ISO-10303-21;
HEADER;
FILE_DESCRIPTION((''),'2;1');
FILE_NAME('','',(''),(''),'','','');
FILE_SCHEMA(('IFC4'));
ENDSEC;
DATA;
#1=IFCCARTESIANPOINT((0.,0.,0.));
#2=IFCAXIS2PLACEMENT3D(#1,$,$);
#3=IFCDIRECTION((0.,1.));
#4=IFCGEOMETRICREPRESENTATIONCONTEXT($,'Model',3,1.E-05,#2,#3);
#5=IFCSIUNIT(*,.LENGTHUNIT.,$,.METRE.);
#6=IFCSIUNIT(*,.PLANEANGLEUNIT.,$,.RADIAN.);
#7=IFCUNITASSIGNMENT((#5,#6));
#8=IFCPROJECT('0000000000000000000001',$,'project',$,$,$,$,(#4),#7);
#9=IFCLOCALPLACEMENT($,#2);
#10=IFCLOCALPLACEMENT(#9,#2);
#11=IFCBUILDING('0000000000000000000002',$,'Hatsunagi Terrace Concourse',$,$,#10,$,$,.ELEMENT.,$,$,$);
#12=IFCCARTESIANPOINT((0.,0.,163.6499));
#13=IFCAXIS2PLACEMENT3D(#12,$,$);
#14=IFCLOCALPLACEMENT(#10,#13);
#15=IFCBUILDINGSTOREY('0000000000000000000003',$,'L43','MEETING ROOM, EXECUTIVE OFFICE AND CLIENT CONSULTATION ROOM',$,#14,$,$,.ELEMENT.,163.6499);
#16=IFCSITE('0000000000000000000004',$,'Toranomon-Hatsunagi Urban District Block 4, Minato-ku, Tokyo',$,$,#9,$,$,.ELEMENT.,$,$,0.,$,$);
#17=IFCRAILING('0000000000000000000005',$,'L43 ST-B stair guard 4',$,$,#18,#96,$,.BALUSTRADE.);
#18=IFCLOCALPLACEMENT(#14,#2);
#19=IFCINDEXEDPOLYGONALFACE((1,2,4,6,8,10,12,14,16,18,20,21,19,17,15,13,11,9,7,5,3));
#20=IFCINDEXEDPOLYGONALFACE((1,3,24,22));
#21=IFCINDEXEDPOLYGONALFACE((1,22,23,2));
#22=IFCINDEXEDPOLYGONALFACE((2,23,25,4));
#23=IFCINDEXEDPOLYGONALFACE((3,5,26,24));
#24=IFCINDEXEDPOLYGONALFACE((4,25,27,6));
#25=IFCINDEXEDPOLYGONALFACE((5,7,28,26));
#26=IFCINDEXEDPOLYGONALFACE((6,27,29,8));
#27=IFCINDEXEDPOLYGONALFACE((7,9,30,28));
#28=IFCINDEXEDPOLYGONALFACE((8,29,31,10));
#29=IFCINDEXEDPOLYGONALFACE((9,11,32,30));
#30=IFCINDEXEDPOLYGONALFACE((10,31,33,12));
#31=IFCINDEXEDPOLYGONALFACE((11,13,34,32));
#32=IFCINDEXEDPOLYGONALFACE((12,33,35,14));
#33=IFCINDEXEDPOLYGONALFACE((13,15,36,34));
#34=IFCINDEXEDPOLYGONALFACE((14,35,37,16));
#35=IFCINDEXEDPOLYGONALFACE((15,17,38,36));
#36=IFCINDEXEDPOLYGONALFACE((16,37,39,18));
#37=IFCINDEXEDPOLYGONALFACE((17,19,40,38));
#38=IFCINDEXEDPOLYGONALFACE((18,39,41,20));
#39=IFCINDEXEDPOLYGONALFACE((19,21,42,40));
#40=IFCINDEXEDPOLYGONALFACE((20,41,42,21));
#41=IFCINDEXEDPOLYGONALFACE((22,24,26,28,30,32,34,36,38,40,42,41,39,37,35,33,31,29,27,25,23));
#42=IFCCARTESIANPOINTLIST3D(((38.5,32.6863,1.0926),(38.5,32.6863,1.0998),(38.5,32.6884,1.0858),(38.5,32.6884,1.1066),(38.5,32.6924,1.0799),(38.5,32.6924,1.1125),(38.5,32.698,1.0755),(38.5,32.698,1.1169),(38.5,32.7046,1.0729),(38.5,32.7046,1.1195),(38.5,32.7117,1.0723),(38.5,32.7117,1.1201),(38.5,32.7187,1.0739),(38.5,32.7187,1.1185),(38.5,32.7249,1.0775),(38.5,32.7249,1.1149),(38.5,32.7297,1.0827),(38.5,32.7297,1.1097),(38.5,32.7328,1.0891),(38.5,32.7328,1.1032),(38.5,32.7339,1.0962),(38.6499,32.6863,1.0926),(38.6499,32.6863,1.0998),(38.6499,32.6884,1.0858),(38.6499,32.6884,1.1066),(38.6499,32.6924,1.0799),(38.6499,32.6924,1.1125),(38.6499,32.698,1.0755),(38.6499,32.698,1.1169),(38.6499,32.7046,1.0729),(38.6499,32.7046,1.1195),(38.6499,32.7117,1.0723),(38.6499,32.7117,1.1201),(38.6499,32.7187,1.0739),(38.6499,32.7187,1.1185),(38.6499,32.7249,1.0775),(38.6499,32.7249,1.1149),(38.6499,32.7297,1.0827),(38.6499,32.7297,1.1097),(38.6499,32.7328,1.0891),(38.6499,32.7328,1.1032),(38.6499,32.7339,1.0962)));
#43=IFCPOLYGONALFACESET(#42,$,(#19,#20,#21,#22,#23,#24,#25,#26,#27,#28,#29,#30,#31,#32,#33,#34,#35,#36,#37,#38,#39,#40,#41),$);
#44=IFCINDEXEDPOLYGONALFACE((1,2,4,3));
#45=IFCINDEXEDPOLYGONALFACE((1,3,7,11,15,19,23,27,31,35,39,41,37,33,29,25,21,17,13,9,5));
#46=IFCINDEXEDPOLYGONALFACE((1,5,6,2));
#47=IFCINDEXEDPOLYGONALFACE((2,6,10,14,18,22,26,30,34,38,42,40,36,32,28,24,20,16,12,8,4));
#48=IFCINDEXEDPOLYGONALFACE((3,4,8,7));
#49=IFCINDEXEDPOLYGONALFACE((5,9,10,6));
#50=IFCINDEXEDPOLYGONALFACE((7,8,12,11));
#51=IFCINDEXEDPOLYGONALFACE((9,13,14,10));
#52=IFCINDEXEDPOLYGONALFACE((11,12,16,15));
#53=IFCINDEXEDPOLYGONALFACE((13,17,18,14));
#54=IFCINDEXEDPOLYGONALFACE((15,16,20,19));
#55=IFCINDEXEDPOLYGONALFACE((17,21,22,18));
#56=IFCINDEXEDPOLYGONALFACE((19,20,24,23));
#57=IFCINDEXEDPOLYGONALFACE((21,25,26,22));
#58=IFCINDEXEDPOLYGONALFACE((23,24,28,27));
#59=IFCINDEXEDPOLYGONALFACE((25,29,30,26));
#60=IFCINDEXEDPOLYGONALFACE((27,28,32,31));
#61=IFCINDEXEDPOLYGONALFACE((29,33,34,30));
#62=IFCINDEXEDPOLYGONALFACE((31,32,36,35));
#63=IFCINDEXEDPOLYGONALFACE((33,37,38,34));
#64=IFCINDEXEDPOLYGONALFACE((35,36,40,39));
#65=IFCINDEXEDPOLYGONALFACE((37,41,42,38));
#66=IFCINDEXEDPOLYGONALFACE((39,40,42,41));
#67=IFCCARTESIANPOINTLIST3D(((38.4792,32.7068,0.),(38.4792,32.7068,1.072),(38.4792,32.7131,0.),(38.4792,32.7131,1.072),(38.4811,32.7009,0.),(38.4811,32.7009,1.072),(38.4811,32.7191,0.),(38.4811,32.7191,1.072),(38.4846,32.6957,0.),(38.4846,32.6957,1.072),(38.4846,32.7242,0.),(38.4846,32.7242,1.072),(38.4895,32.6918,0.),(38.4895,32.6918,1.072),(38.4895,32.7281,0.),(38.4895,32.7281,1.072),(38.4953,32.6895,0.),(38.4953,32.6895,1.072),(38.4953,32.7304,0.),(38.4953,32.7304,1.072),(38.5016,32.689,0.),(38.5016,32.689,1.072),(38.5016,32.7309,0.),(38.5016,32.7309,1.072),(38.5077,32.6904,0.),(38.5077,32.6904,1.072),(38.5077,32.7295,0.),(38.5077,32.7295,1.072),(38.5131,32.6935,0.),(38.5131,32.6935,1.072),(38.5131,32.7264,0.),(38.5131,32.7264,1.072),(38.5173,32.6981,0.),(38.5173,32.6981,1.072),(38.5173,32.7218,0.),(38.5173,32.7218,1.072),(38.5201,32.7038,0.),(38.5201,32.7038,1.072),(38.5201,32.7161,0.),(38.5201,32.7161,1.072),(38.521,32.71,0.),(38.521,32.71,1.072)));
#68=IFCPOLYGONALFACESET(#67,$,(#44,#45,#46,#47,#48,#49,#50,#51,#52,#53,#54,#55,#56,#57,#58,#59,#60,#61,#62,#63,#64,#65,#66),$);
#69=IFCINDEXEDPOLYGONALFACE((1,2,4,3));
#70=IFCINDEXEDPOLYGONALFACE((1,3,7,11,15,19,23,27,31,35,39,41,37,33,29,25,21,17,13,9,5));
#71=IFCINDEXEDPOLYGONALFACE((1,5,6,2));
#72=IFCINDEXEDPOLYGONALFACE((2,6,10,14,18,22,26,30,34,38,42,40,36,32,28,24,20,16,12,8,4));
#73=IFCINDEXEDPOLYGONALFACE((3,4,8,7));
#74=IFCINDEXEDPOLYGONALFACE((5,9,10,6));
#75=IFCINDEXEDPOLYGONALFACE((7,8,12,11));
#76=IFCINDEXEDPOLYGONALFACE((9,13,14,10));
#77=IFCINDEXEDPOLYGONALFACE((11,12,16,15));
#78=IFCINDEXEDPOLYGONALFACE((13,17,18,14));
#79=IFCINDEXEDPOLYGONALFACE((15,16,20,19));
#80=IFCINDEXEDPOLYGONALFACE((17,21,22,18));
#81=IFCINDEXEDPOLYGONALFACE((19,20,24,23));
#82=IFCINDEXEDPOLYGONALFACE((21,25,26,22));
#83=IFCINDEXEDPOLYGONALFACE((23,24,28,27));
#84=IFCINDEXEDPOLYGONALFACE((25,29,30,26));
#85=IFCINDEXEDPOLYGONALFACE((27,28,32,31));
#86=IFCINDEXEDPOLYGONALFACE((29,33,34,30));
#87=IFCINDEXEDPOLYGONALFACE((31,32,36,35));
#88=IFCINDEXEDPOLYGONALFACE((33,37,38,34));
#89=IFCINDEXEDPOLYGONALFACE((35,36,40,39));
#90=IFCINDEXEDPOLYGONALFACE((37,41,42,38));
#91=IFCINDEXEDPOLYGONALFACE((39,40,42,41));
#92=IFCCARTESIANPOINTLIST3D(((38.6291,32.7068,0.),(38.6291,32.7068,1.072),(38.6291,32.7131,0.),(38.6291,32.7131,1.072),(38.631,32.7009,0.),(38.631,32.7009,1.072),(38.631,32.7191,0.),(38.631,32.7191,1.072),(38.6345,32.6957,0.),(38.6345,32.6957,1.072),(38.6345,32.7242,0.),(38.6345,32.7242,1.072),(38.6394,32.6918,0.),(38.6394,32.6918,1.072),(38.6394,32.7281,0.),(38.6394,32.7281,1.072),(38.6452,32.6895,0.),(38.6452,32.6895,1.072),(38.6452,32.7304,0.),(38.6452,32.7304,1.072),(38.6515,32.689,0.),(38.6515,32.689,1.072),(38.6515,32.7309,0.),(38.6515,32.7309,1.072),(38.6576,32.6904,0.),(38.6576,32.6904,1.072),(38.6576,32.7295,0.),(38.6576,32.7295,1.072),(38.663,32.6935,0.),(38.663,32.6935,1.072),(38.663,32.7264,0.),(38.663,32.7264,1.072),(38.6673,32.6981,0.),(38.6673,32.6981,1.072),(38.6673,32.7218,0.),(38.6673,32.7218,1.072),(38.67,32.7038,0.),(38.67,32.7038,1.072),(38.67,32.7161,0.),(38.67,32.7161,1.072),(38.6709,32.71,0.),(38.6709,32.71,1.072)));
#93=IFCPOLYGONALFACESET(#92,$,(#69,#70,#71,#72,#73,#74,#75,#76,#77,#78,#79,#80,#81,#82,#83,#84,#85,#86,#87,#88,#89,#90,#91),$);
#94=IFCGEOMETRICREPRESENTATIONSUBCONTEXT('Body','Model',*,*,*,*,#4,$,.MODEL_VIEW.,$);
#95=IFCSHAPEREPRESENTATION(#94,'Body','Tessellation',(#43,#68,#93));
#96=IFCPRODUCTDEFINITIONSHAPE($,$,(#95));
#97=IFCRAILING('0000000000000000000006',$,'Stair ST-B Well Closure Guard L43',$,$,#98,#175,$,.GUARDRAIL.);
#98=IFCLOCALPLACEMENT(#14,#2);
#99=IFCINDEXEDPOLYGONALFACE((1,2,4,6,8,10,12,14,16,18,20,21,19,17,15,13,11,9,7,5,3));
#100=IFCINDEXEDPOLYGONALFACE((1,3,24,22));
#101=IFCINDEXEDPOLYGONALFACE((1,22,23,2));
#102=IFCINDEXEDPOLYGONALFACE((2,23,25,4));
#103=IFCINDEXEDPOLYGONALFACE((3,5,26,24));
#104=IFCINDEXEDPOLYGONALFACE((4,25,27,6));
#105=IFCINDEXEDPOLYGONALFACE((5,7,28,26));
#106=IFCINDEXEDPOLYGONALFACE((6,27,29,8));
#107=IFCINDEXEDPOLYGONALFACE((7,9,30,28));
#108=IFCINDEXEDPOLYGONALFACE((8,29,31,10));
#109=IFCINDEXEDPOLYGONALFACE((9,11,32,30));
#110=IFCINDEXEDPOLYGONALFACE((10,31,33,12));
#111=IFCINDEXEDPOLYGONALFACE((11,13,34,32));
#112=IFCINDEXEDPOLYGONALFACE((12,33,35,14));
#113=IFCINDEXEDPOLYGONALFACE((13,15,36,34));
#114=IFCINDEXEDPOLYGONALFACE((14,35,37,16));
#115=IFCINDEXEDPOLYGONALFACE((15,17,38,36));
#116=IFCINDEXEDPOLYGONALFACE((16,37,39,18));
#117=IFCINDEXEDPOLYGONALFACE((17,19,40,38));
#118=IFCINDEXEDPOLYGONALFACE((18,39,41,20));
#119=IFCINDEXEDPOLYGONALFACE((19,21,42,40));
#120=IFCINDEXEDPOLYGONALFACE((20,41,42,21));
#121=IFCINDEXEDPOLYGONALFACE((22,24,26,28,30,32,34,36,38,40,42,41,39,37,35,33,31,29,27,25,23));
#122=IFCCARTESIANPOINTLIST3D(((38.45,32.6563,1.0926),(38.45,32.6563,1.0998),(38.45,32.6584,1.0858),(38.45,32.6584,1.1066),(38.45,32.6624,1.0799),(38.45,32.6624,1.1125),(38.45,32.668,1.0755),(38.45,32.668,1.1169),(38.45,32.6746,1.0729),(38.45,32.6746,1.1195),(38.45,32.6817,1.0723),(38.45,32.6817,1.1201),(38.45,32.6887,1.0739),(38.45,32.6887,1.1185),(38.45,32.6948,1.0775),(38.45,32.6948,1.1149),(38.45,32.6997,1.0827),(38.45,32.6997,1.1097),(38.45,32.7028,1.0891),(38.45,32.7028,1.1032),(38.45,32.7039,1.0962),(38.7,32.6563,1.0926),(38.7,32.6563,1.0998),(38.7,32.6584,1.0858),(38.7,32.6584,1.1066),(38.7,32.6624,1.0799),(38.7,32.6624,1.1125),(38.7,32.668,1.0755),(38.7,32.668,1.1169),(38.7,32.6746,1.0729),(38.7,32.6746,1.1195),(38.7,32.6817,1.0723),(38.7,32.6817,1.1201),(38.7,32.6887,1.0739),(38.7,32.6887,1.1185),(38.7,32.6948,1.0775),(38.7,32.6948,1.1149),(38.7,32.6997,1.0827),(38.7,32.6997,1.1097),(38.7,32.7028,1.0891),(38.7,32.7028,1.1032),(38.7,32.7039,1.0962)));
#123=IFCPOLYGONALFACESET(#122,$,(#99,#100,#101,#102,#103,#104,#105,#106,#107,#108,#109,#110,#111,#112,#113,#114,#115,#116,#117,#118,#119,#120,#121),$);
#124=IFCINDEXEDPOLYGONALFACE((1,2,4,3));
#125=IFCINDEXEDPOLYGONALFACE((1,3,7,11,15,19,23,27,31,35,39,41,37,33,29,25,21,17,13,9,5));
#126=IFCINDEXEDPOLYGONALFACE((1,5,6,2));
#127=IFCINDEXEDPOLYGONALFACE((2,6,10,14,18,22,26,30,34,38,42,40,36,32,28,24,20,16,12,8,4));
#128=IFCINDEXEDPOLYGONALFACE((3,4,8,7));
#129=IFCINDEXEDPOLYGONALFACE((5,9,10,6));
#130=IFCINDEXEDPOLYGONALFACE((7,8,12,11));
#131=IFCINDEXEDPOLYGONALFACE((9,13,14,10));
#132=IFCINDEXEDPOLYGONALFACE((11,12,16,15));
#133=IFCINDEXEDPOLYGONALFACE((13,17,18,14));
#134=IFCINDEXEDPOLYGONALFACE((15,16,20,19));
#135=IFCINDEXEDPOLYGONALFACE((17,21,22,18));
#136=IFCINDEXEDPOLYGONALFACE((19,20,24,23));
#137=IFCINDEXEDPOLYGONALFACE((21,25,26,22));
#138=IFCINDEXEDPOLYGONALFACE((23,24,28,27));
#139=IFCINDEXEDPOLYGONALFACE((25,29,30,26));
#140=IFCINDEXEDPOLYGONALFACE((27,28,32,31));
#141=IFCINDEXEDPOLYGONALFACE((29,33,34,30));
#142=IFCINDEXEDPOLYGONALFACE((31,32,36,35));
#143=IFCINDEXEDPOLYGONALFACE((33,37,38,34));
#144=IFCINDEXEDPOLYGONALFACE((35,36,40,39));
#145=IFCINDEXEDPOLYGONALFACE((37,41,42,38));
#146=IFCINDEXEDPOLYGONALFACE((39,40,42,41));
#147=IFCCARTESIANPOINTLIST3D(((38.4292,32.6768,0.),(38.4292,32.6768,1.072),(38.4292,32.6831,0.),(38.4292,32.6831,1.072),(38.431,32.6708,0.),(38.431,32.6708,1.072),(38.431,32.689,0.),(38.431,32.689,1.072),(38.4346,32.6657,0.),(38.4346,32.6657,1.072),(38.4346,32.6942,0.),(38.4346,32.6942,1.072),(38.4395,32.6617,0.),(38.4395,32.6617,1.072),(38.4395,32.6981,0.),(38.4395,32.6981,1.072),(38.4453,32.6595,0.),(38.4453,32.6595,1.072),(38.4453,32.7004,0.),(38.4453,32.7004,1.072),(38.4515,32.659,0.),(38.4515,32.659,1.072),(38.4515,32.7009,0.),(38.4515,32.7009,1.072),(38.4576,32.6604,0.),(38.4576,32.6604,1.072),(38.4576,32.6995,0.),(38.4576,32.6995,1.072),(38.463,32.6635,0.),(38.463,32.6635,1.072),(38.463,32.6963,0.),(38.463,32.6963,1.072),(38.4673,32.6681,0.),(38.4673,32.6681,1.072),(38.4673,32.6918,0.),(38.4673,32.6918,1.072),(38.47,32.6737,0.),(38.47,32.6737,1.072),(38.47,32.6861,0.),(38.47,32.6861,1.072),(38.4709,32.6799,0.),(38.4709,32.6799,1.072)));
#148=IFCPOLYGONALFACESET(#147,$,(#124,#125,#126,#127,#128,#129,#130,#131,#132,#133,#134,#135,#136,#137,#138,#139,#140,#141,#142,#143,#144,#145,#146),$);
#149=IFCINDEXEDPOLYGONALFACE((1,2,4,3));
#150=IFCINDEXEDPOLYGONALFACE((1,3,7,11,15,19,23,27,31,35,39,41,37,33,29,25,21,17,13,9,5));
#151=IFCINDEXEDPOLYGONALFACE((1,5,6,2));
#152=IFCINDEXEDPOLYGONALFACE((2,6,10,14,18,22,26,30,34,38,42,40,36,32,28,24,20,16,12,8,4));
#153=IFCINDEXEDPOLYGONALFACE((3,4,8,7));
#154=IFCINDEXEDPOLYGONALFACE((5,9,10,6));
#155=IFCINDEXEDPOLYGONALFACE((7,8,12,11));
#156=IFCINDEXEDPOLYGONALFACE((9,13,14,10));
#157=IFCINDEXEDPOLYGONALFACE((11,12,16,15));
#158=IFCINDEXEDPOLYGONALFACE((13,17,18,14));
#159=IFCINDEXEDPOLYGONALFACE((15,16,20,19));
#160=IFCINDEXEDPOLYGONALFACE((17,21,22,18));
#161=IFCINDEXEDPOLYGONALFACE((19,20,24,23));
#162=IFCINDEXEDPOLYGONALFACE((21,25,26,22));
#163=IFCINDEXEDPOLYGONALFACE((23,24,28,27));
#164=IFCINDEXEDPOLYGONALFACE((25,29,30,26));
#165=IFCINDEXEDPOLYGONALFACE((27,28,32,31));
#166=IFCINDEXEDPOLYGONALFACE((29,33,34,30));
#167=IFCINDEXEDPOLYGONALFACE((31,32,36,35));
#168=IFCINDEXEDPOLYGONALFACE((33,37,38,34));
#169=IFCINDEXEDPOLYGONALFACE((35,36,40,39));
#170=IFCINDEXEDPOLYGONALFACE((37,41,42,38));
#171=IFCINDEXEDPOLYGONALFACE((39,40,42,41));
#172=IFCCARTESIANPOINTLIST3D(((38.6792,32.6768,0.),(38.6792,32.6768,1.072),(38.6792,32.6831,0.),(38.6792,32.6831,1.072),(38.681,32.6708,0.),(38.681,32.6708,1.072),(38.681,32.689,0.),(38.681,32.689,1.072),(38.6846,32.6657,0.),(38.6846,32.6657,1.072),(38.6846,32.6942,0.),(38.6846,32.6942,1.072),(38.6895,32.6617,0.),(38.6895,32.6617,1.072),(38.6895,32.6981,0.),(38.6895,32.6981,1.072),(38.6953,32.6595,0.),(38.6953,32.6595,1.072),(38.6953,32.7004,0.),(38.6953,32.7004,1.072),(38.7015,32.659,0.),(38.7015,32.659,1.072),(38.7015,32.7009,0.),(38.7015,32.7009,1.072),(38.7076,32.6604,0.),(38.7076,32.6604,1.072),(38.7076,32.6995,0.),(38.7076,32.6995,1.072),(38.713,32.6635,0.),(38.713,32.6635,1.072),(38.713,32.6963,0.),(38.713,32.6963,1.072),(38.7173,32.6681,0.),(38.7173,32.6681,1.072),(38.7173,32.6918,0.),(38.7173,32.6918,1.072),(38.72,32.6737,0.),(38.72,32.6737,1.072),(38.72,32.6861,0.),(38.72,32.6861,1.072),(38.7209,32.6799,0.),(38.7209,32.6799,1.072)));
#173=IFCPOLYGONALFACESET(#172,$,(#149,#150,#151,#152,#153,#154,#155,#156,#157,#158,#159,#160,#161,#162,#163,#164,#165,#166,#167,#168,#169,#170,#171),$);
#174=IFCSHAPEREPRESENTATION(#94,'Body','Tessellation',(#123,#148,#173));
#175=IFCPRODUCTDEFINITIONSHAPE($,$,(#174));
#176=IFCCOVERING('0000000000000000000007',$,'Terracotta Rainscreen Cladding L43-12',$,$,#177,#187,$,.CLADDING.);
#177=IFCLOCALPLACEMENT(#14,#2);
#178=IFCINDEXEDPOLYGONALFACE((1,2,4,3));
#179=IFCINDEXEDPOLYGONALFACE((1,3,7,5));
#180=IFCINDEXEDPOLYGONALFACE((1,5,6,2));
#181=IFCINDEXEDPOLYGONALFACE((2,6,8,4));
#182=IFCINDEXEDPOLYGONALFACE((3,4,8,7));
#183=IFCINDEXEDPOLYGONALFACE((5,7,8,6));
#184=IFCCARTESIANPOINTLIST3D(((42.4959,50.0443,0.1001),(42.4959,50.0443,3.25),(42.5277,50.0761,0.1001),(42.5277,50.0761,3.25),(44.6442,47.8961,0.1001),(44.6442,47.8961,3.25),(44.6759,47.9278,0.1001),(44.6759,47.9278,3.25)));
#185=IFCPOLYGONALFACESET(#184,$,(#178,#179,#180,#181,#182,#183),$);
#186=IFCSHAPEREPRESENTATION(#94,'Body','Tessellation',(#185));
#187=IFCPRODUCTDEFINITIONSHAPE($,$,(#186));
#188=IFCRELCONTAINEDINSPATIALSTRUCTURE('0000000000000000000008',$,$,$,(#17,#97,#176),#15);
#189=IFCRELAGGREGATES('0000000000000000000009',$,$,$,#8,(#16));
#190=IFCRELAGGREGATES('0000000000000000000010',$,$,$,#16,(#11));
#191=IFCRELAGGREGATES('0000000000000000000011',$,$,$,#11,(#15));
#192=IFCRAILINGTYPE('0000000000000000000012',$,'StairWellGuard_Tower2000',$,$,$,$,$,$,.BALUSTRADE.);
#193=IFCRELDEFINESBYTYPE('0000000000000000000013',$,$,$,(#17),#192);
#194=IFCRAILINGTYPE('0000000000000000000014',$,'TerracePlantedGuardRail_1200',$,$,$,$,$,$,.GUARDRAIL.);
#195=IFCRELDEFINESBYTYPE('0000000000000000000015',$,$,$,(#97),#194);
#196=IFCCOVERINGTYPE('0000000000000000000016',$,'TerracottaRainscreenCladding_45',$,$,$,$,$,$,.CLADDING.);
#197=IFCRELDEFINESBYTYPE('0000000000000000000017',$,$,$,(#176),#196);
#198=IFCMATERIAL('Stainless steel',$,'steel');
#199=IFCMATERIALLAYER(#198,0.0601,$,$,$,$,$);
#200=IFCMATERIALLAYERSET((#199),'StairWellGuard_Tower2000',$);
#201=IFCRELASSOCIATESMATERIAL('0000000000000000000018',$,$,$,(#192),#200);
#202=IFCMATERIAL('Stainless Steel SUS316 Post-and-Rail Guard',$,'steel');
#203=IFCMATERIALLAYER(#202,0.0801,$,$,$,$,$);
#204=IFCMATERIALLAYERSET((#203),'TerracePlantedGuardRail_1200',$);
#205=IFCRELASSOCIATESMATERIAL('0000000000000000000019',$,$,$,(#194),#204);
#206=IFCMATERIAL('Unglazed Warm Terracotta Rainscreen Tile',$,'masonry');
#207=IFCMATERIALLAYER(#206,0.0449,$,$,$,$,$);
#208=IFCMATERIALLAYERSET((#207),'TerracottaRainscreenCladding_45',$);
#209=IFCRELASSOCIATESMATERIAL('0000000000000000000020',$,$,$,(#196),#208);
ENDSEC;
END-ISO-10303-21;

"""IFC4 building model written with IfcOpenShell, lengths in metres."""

from ifc_helpers import new_model, si_unit, direction, frame, origin, origin_2d, place, context, subcontext, project, spatial, rectangle, circle, extrude, material, layer, layer_set, type_object, element, save


model = new_model("IFC4")

# Units and contexts
model_context = context("Model", 3, precision=1e-05, world=origin(), true_north=direction((0.0, 1.0)))
body_context = subcontext(model_context, "Body", "Model", "MODEL_VIEW")
ifc_project = project(units=[si_unit("LENGTHUNIT", "METRE"), si_unit("PLANEANGLEUNIT", "RADIAN")], contexts=[model_context])

# Site, building, storey
site_placement = place(None, origin())
site = spatial("IfcSite", under=ifc_project, at=site_placement, Name="Toranomon-Hatsunagi Urban District Block 4, Minato-ku, Tokyo", CompositionType="ELEMENT", RefElevation=0.0)
building_placement = place(site_placement, origin())
building = spatial("IfcBuilding", under=site, at=building_placement, Name="Hatsunagi Terrace Concourse", CompositionType="ELEMENT")
storey_placement = place(building_placement, frame((0.0, 0.0, 163.6499)))
storey = spatial("IfcBuildingStorey", under=building, at=storey_placement, Name="L43", Description="MEETING ROOM, EXECUTIVE OFFICE AND CLIENT CONSULTATION ROOM", CompositionType="ELEMENT", Elevation=163.6499)

# Railings
ifc_material_1 = material(Name="Stainless steel", Category="steel")
ifc_layer_1 = layer(ifc_material_1, 0.0601)
ifc_layer_set_1 = layer_set([ifc_layer_1], Name="StairWellGuard_Tower2000")
railing_type_1 = type_object("IfcRailingType", Name="StairWellGuard_Tower2000", PredefinedType="BALUSTRADE", material=ifc_layer_set_1)
railing_1_placement = place(storey_placement, frame((38.5, 32.71, 0.0)))
element("IfcRailing", 1, at=railing_1_placement, inside=storey, type_object=railing_type_1, Name="L43 ST-B stair guard 4", PredefinedType="BALUSTRADE", context=body_context, shape_type="SweptSolid", body=[
    extrude(circle(Radius=0.0239, at=origin_2d()), frame((0.0, 0.0, 1.0962), z_axis=(1.0, 0.0, 0.0), x_axis=(0.0, 1.0, 0.0)), (0.0, 0.0, 1.0), 0.1499),
    extrude(circle(Radius=0.021, at=origin_2d()), origin(), (0.0, 0.0, 1.0), 1.072),
    extrude(circle(Radius=0.021, at=origin_2d()), frame((0.1499, 0.0, 0.0)), (0.0, 0.0, 1.0), 1.072),
])
ifc_material_2 = material(Name="Stainless Steel SUS316 Post-and-Rail Guard", Category="steel")
ifc_layer_2 = layer(ifc_material_2, 0.0801)
ifc_layer_set_2 = layer_set([ifc_layer_2], Name="TerracePlantedGuardRail_1200")
railing_type_2 = type_object("IfcRailingType", Name="TerracePlantedGuardRail_1200", PredefinedType="GUARDRAIL", material=ifc_layer_set_2)
railing_2_placement = place(storey_placement, frame((38.45, 32.6799, 0.0)))
element("IfcRailing", 2, at=railing_2_placement, inside=storey, type_object=railing_type_2, Name="Stair ST-B Well Closure Guard L43", PredefinedType="GUARDRAIL", context=body_context, shape_type="SweptSolid", body=[
    extrude(circle(Radius=0.0239, at=origin_2d()), frame((0.0, 0.0, 1.0962), z_axis=(1.0, 0.0, 0.0), x_axis=(0.0, 1.0, 0.0)), (0.0, 0.0, 1.0), 0.25),
    extrude(circle(Radius=0.021, at=origin_2d()), origin(), (0.0, 0.0, 1.0), 1.072),
    extrude(circle(Radius=0.021, at=origin_2d()), frame((0.25, 0.0, 0.0)), (0.0, 0.0, 1.0), 1.072),
])

# Covering
ifc_material_3 = material(Name="Unglazed Warm Terracotta Rainscreen Tile", Category="masonry")
ifc_layer_3 = layer(ifc_material_3, 0.0449)
ifc_layer_set_3 = layer_set([ifc_layer_3], Name="TerracottaRainscreenCladding_45")
covering_type = type_object("IfcCoveringType", Name="TerracottaRainscreenCladding_45", PredefinedType="CLADDING", material=ifc_layer_set_3)
covering_placement = place(storey_placement, frame((43.5859, 48.9861, 0.1001), z_axis=(0.0, 0.0, 1.0), x_axis=(0.707107, -0.707107, 0.0)))
element("IfcCovering", 3, at=covering_placement, inside=storey, type_object=covering_type, Name="Terracotta Rainscreen Cladding L43-12", PredefinedType="CLADDING", context=body_context, shape_type="SweptSolid", body=[
    extrude(rectangle(XDim=3.0381, YDim=0.0449, at=origin_2d()), origin(), (0.0, 0.0, 1.0), 3.1499),
])

save(model, "model.ifc")
